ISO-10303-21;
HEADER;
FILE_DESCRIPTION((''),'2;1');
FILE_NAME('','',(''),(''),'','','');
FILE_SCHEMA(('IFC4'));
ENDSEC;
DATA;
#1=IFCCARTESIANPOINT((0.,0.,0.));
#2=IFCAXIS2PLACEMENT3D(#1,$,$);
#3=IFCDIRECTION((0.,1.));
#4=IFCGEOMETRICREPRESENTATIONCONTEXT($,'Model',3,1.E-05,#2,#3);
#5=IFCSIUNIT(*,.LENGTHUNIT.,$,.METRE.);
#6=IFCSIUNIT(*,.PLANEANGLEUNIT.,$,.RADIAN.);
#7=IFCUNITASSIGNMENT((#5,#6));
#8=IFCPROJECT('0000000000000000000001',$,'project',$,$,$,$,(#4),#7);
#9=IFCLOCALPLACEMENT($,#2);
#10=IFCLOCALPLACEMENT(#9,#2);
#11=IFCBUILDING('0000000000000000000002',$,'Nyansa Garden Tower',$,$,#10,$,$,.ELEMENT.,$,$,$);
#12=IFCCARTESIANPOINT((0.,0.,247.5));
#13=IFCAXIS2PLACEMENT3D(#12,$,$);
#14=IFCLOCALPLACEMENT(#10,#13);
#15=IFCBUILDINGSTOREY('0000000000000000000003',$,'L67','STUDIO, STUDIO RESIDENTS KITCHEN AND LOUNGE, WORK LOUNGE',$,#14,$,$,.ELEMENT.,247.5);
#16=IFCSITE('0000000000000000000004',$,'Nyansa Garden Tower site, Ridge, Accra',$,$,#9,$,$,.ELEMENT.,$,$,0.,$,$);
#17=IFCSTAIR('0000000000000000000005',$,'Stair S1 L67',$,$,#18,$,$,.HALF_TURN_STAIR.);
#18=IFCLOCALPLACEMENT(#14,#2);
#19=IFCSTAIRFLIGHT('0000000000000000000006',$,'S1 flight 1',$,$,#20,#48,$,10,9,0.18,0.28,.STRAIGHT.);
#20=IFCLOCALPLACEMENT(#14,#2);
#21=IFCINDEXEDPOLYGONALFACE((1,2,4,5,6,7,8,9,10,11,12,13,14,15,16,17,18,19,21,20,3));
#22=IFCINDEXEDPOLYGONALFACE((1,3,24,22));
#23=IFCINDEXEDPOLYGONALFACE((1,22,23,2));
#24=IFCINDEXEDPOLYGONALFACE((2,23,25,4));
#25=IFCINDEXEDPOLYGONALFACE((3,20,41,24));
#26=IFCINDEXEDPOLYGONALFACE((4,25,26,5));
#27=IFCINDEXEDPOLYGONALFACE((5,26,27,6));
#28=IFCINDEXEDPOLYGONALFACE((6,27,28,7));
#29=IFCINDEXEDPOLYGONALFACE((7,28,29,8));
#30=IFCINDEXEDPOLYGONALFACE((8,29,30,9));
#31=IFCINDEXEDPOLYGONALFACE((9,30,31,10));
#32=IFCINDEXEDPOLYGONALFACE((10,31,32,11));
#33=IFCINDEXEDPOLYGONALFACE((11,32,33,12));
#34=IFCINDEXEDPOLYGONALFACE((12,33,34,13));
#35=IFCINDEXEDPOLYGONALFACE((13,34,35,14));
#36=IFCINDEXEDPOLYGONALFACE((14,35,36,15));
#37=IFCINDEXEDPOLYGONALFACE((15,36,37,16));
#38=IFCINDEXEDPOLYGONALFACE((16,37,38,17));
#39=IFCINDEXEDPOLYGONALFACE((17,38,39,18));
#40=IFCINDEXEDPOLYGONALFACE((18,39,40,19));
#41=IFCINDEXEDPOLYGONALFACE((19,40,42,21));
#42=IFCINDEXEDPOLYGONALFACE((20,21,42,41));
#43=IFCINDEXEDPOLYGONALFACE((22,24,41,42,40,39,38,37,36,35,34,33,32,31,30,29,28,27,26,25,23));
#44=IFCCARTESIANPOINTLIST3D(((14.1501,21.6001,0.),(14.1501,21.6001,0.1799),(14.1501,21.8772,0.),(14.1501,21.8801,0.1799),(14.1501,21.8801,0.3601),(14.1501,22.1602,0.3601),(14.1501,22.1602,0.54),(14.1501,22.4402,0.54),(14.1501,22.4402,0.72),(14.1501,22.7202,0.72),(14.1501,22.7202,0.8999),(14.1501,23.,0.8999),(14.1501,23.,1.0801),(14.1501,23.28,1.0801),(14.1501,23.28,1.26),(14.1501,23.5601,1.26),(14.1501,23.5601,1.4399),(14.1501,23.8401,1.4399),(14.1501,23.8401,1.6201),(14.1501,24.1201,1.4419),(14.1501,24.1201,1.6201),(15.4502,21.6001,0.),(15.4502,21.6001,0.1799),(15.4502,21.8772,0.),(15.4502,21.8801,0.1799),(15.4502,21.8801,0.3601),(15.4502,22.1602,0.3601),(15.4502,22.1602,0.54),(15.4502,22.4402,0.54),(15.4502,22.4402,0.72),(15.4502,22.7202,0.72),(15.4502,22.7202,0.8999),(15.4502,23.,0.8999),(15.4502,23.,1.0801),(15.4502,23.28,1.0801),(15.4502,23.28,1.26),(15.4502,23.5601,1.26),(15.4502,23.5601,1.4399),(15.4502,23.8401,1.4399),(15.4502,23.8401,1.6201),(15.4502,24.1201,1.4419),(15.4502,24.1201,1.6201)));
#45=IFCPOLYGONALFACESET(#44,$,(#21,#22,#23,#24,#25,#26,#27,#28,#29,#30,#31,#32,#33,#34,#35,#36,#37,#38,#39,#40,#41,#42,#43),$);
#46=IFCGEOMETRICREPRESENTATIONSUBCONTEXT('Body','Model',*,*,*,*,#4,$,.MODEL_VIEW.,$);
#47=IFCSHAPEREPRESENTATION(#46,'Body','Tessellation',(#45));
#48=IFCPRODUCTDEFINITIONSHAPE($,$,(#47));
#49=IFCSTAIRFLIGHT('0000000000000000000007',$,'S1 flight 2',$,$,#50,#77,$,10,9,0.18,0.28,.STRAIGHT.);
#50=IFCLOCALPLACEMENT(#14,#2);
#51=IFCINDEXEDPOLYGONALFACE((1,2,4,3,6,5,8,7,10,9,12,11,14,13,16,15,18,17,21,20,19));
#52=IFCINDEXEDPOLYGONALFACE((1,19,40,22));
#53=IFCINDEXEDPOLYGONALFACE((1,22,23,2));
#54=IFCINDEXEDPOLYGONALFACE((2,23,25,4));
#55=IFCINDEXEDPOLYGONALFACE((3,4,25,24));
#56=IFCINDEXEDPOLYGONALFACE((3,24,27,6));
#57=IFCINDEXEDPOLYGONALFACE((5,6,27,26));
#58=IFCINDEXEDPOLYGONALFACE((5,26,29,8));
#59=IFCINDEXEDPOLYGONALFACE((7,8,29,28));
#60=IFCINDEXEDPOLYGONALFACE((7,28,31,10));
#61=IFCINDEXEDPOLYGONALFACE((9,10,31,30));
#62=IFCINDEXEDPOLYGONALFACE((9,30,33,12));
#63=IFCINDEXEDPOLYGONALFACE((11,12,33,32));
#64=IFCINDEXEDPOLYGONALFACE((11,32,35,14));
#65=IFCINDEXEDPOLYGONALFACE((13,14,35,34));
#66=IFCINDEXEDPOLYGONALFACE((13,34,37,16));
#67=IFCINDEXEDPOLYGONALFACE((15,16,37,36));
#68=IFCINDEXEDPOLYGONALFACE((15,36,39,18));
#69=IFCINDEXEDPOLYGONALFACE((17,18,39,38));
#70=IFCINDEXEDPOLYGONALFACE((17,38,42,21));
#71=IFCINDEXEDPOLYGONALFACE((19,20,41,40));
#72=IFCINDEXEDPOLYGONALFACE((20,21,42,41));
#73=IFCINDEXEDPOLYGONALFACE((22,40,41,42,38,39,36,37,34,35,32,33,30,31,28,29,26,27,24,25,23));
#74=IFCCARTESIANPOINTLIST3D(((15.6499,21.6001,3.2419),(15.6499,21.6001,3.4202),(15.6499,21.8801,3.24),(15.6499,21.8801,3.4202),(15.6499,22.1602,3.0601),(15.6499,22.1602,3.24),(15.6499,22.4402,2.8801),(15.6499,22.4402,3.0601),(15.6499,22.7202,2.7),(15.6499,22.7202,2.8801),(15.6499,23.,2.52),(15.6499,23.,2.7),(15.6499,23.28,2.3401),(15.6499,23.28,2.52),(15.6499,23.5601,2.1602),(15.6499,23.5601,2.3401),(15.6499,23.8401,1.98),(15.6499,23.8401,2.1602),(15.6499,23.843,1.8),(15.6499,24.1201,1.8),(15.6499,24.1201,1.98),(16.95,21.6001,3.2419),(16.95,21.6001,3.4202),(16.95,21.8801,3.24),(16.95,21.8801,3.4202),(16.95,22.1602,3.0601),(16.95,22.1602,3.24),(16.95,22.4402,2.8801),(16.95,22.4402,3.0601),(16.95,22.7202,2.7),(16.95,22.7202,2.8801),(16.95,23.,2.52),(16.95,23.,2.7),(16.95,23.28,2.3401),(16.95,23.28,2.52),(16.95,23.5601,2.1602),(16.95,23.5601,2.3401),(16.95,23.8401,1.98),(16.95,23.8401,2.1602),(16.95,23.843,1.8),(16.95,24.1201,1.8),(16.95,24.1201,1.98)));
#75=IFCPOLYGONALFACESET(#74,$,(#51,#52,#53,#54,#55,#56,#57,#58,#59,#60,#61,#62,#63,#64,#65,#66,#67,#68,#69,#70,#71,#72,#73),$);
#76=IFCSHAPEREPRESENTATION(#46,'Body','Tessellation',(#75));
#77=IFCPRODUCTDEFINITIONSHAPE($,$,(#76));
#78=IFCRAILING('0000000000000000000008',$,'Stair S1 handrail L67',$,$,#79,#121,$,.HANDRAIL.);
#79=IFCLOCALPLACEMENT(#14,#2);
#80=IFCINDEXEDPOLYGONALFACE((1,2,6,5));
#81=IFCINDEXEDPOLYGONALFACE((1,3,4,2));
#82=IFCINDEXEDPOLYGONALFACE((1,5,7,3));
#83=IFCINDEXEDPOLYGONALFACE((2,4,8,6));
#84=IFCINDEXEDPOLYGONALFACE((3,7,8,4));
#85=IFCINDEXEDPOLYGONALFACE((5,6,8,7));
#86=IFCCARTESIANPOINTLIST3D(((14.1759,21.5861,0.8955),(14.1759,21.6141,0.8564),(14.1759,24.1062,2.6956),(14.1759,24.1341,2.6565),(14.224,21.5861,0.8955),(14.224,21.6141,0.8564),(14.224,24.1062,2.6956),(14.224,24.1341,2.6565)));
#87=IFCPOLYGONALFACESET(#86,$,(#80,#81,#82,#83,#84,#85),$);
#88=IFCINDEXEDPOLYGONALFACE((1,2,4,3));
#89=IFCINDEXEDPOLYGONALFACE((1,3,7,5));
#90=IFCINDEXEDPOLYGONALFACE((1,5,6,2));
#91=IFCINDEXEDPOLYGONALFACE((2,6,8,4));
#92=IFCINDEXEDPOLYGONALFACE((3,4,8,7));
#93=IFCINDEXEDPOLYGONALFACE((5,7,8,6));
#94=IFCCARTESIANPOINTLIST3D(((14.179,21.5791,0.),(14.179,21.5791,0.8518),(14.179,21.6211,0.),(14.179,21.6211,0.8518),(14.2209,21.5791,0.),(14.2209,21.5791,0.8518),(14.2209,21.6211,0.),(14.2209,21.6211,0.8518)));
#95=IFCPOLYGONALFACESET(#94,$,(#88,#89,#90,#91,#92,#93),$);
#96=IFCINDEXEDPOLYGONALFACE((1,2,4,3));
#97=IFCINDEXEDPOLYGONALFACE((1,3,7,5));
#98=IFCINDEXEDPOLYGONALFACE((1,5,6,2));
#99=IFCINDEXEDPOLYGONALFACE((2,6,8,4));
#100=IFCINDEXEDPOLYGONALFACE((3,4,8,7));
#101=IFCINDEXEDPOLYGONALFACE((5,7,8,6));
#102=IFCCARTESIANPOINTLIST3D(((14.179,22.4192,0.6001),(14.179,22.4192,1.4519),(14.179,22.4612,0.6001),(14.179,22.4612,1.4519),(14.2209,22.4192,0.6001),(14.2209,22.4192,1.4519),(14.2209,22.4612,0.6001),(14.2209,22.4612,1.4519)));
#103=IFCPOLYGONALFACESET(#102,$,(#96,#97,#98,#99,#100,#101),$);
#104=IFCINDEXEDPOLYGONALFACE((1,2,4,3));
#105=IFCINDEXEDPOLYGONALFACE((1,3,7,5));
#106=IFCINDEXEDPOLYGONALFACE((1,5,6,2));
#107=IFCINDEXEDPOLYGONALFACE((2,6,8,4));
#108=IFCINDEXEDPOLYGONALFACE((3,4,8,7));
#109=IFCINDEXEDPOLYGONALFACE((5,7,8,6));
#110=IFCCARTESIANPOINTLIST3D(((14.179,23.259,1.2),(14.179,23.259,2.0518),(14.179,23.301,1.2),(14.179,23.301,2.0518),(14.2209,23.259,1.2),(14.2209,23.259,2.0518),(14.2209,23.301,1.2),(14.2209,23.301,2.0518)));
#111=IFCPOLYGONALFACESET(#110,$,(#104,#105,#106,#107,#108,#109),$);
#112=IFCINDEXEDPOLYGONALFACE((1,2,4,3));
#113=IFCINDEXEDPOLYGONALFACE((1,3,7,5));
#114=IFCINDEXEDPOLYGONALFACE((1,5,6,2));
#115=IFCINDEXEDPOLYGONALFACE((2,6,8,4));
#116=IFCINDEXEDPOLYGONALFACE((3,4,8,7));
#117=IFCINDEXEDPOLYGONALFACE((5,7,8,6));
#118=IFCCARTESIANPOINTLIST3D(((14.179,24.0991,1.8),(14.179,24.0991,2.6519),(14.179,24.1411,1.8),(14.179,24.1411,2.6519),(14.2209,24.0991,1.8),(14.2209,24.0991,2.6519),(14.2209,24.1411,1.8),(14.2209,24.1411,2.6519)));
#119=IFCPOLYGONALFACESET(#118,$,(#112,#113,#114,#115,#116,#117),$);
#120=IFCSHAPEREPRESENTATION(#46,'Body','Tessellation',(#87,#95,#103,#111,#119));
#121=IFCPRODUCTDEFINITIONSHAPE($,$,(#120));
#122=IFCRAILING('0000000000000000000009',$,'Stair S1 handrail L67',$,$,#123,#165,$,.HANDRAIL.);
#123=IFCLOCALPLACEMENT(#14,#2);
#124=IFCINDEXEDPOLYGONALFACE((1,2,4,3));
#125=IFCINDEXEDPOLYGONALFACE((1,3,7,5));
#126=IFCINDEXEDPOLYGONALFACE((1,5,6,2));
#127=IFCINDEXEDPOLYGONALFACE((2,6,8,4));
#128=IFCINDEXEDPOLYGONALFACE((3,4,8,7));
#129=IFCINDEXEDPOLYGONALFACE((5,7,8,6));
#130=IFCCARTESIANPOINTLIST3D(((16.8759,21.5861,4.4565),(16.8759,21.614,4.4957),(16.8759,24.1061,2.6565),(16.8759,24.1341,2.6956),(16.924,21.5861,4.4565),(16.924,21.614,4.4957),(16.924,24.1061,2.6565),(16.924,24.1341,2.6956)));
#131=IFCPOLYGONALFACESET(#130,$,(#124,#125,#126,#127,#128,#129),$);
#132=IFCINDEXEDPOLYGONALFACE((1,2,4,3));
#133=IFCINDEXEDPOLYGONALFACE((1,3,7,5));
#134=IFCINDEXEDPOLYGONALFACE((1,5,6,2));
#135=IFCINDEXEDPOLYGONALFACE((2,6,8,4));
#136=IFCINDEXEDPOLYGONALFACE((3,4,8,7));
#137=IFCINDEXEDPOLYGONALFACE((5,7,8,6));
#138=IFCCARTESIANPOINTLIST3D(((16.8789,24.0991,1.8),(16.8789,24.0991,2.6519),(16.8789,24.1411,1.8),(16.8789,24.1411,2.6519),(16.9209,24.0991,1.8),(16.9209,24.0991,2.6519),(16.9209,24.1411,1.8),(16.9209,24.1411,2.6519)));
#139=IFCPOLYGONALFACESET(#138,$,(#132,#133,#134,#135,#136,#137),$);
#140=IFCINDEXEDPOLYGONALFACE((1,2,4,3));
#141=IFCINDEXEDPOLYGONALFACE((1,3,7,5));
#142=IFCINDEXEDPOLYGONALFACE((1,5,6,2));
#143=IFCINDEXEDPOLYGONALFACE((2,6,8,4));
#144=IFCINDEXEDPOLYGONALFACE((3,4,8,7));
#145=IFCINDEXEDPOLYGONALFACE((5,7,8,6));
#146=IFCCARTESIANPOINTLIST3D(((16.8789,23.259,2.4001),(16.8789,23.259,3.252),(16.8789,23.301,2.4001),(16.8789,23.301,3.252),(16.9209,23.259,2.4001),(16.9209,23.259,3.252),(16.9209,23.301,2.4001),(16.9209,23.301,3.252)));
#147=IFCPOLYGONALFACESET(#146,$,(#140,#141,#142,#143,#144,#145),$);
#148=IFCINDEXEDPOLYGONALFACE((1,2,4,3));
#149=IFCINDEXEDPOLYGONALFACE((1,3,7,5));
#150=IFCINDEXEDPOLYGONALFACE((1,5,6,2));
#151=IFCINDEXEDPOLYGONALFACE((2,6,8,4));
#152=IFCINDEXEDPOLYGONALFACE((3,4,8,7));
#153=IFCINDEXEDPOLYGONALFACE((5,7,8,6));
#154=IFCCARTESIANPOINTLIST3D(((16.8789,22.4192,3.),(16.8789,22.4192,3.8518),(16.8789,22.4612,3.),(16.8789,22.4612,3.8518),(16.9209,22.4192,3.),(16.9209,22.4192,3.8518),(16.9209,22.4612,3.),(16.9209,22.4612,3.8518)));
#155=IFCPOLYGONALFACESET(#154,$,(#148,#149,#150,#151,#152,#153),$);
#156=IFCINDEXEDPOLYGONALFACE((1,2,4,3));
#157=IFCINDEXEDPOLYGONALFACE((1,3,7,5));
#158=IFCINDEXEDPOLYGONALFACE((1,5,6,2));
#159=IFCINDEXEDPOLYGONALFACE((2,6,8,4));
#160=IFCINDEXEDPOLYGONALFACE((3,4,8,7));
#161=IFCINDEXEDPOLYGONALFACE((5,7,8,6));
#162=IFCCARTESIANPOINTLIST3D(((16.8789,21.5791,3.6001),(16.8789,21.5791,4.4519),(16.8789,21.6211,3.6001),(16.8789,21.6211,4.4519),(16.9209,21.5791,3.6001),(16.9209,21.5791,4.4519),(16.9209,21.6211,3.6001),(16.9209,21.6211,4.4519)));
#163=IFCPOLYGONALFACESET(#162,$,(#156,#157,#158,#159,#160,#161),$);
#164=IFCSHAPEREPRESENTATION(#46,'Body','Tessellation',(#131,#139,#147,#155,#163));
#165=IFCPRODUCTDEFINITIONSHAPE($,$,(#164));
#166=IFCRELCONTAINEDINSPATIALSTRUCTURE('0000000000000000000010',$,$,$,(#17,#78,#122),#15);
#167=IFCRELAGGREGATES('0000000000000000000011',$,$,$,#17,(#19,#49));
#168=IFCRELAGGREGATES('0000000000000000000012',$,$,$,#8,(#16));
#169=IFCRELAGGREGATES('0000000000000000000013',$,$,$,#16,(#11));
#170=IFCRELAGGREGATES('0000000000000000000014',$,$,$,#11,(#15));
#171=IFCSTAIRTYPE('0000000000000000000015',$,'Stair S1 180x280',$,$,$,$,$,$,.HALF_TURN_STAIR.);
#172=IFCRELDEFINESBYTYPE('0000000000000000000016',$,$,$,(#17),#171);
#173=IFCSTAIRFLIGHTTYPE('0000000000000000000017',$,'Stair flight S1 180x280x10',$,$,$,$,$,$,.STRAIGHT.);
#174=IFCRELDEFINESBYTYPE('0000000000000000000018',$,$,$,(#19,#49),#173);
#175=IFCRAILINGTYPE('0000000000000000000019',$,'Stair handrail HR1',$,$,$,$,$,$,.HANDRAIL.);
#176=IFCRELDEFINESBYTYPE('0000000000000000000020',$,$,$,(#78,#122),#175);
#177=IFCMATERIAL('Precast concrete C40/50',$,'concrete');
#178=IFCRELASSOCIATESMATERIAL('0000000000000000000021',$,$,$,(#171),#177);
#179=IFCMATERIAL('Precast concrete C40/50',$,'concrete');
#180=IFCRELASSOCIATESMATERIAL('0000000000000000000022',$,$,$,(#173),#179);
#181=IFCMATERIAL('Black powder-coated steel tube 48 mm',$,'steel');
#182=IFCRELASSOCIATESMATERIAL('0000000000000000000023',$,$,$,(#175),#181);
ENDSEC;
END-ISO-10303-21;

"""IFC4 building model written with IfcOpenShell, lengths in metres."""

from ifc_helpers import new_model, si_unit, direction, frame, origin, origin_2d, place, context, subcontext, project, spatial, polyline, rectangle, outline, extrude, material, type_object, element, aggregate, save


model = new_model("IFC4")

# Units and contexts
model_context = context("Model", 3, precision=1e-05, world=origin(), true_north=direction((0.0, 1.0)))
body_context = subcontext(model_context, "Body", "Model", "MODEL_VIEW")
ifc_project = project(units=[si_unit("LENGTHUNIT", "METRE"), si_unit("PLANEANGLEUNIT", "RADIAN")], contexts=[model_context])

# Site, building, storey
site_placement = place(None, origin())
site = spatial("IfcSite", under=ifc_project, at=site_placement, Name="Nyansa Garden Tower site, Ridge, Accra", CompositionType="ELEMENT", RefElevation=0.0)
building_placement = place(site_placement, origin())
building = spatial("IfcBuilding", under=site, at=building_placement, Name="Nyansa Garden Tower", CompositionType="ELEMENT")
storey_placement = place(building_placement, frame((0.0, 0.0, 247.5)))
storey = spatial("IfcBuildingStorey", under=building, at=storey_placement, Name="L67", Description="STUDIO, STUDIO RESIDENTS KITCHEN AND LOUNGE, WORK LOUNGE", CompositionType="ELEMENT", Elevation=247.5)

# Stair, stair flights
ifc_material_1 = material(Name="Precast concrete C40/50", Category="concrete")
stair_type = type_object("IfcStairType", Name="Stair S1 180x280", PredefinedType="HALF_TURN_STAIR", material=ifc_material_1)
stair_placement = place(storey_placement, origin())
stair = element("IfcStair", 1, at=stair_placement, inside=storey, type_object=stair_type, Name="Stair S1 L67", PredefinedType="HALF_TURN_STAIR")
ifc_material_2 = material(Name="Precast concrete C40/50", Category="concrete")
stair_flight_type = type_object("IfcStairFlightType", Name="Stair flight S1 180x280x10", PredefinedType="STRAIGHT", material=ifc_material_2)
stair_flight_1_placement = place(storey_placement, frame((14.8, 21.6001, 0.0), z_axis=(0.0, 0.0, 1.0), x_axis=(0.0, 1.0, 0.0)))
stair_flight_1 = element("IfcStairFlight", 2, at=stair_flight_1_placement, type_object=stair_flight_type, Name="S1 flight 1", NumberOfRisers=10, NumberOfTreads=9, PredefinedType="STRAIGHT", RiserHeight=0.18, TreadLength=0.28, context=body_context, shape_type="SweptSolid", body=[
    extrude(outline(polyline([(0.0, 0.0), (0.0, 0.1799), (0.28, 0.1799), (0.28, 0.3601), (0.5601, 0.3601), (0.5601, 0.54), (0.8401, 0.54), (0.8401, 0.72), (1.1201, 0.72), (1.1201, 0.8999), (1.3999, 0.8999), (1.3999, 1.0801), (1.6799, 1.0801), (1.6799, 1.26), (1.96, 1.26), (1.96, 1.4399), (2.24, 1.4399), (2.24, 1.6201), (2.52, 1.6201), (2.52, 1.8), (2.52, 1.4419), (0.2771, 0.0), (0.0, 0.0)])), frame((0.0, 0.6499, 0.0), z_axis=(0.0, -1.0, 0.0), x_axis=(1.0, 0.0, 0.0)), (0.0, 0.0, 1.0), 1.3),
])
stair_flight_2_placement = place(storey_placement, frame((16.3, 24.1201, 1.8), z_axis=(0.0, 0.0, 1.0), x_axis=(0.0, -1.0, 0.0)))
stair_flight_2 = element("IfcStairFlight", 3, at=stair_flight_2_placement, type_object=stair_flight_type, Name="S1 flight 2", NumberOfRisers=10, NumberOfTreads=9, PredefinedType="STRAIGHT", RiserHeight=0.18, TreadLength=0.28, context=body_context, shape_type="SweptSolid", body=[
    extrude(outline(polyline([(0.0, 0.0), (0.0, 0.1799), (0.28, 0.1799), (0.28, 0.3601), (0.5601, 0.3601), (0.5601, 0.54), (0.8401, 0.54), (0.8401, 0.72), (1.1201, 0.72), (1.1201, 0.8999), (1.3999, 0.8999), (1.3999, 1.0801), (1.6799, 1.0801), (1.6799, 1.26), (1.96, 1.26), (1.96, 1.4399), (2.24, 1.4399), (2.24, 1.6201), (2.52, 1.6201), (2.52, 1.8), (2.52, 1.4419), (0.2771, 0.0), (0.0, 0.0)])), frame((0.0, 0.6499, 0.0), z_axis=(0.0, -1.0, 0.0), x_axis=(1.0, 0.0, 0.0)), (0.0, 0.0, 1.0), 1.3),
])
aggregate(stair, [stair_flight_1, stair_flight_2])

# Railings
ifc_material_3 = material(Name="Black powder-coated steel tube 48 mm", Category="steel")
railing_type = type_object("IfcRailingType", Name="Stair handrail HR1", PredefinedType="HANDRAIL", material=ifc_material_3)
railing_1_placement = place(storey_placement, frame((14.2, 21.6001, 0.0)))
element("IfcRailing", 4, at=railing_1_placement, inside=storey, type_object=railing_type, Name="Stair S1 handrail L67", PredefinedType="HANDRAIL", context=body_context, shape_type="SweptSolid", body=[
    extrude(rectangle(XDim=0.0481, YDim=0.0481, at=origin_2d()), frame((0.0, 0.0, 0.876), z_axis=(0.0, 0.813728, 0.581246), x_axis=(-1.0, 0.0, 0.0)), (0.0, 0.0, 1.0), 3.0969),
    extrude(rectangle(XDim=0.042, YDim=0.042, at=origin_2d()), origin(), (0.0, 0.0, 1.0), 0.8518),
    extrude(rectangle(XDim=0.042, YDim=0.042, at=origin_2d()), frame((0.0, 0.8401, 0.6001)), (0.0, 0.0, 1.0), 0.8518),
    extrude(rectangle(XDim=0.042, YDim=0.042, at=origin_2d()), frame((0.0, 1.6799, 1.2)), (0.0, 0.0, 1.0), 0.8518),
    extrude(rectangle(XDim=0.042, YDim=0.042, at=origin_2d()), frame((0.0, 2.52, 1.8)), (0.0, 0.0, 1.0), 0.8518),
])
railing_2_placement = place(storey_placement, frame((16.8999, 24.1201, 1.8)))
element("IfcRailing", 5, at=railing_2_placement, inside=storey, type_object=railing_type, Name="Stair S1 handrail L67", PredefinedType="HANDRAIL", context=body_context, shape_type="SweptSolid", body=[
    extrude(rectangle(XDim=0.0481, YDim=0.0481, at=origin_2d()), frame((0.0, 0.0, 0.876), z_axis=(0.0, -0.813728, 0.581246), x_axis=(1.0, 0.0, 0.0)), (0.0, 0.0, 1.0), 3.0969),
    extrude(rectangle(XDim=0.042, YDim=0.042, at=origin_2d()), origin(), (0.0, 0.0, 1.0), 0.8518),
    extrude(rectangle(XDim=0.042, YDim=0.042, at=origin_2d()), frame((0.0, -0.8401, 0.6001)), (0.0, 0.0, 1.0), 0.8518),
    extrude(rectangle(XDim=0.042, YDim=0.042, at=origin_2d()), frame((0.0, -1.6799, 1.2)), (0.0, 0.0, 1.0), 0.8518),
    extrude(rectangle(XDim=0.042, YDim=0.042, at=origin_2d()), frame((0.0, -2.52, 1.8)), (0.0, 0.0, 1.0), 0.8518),
])

save(model, "model.ifc")
